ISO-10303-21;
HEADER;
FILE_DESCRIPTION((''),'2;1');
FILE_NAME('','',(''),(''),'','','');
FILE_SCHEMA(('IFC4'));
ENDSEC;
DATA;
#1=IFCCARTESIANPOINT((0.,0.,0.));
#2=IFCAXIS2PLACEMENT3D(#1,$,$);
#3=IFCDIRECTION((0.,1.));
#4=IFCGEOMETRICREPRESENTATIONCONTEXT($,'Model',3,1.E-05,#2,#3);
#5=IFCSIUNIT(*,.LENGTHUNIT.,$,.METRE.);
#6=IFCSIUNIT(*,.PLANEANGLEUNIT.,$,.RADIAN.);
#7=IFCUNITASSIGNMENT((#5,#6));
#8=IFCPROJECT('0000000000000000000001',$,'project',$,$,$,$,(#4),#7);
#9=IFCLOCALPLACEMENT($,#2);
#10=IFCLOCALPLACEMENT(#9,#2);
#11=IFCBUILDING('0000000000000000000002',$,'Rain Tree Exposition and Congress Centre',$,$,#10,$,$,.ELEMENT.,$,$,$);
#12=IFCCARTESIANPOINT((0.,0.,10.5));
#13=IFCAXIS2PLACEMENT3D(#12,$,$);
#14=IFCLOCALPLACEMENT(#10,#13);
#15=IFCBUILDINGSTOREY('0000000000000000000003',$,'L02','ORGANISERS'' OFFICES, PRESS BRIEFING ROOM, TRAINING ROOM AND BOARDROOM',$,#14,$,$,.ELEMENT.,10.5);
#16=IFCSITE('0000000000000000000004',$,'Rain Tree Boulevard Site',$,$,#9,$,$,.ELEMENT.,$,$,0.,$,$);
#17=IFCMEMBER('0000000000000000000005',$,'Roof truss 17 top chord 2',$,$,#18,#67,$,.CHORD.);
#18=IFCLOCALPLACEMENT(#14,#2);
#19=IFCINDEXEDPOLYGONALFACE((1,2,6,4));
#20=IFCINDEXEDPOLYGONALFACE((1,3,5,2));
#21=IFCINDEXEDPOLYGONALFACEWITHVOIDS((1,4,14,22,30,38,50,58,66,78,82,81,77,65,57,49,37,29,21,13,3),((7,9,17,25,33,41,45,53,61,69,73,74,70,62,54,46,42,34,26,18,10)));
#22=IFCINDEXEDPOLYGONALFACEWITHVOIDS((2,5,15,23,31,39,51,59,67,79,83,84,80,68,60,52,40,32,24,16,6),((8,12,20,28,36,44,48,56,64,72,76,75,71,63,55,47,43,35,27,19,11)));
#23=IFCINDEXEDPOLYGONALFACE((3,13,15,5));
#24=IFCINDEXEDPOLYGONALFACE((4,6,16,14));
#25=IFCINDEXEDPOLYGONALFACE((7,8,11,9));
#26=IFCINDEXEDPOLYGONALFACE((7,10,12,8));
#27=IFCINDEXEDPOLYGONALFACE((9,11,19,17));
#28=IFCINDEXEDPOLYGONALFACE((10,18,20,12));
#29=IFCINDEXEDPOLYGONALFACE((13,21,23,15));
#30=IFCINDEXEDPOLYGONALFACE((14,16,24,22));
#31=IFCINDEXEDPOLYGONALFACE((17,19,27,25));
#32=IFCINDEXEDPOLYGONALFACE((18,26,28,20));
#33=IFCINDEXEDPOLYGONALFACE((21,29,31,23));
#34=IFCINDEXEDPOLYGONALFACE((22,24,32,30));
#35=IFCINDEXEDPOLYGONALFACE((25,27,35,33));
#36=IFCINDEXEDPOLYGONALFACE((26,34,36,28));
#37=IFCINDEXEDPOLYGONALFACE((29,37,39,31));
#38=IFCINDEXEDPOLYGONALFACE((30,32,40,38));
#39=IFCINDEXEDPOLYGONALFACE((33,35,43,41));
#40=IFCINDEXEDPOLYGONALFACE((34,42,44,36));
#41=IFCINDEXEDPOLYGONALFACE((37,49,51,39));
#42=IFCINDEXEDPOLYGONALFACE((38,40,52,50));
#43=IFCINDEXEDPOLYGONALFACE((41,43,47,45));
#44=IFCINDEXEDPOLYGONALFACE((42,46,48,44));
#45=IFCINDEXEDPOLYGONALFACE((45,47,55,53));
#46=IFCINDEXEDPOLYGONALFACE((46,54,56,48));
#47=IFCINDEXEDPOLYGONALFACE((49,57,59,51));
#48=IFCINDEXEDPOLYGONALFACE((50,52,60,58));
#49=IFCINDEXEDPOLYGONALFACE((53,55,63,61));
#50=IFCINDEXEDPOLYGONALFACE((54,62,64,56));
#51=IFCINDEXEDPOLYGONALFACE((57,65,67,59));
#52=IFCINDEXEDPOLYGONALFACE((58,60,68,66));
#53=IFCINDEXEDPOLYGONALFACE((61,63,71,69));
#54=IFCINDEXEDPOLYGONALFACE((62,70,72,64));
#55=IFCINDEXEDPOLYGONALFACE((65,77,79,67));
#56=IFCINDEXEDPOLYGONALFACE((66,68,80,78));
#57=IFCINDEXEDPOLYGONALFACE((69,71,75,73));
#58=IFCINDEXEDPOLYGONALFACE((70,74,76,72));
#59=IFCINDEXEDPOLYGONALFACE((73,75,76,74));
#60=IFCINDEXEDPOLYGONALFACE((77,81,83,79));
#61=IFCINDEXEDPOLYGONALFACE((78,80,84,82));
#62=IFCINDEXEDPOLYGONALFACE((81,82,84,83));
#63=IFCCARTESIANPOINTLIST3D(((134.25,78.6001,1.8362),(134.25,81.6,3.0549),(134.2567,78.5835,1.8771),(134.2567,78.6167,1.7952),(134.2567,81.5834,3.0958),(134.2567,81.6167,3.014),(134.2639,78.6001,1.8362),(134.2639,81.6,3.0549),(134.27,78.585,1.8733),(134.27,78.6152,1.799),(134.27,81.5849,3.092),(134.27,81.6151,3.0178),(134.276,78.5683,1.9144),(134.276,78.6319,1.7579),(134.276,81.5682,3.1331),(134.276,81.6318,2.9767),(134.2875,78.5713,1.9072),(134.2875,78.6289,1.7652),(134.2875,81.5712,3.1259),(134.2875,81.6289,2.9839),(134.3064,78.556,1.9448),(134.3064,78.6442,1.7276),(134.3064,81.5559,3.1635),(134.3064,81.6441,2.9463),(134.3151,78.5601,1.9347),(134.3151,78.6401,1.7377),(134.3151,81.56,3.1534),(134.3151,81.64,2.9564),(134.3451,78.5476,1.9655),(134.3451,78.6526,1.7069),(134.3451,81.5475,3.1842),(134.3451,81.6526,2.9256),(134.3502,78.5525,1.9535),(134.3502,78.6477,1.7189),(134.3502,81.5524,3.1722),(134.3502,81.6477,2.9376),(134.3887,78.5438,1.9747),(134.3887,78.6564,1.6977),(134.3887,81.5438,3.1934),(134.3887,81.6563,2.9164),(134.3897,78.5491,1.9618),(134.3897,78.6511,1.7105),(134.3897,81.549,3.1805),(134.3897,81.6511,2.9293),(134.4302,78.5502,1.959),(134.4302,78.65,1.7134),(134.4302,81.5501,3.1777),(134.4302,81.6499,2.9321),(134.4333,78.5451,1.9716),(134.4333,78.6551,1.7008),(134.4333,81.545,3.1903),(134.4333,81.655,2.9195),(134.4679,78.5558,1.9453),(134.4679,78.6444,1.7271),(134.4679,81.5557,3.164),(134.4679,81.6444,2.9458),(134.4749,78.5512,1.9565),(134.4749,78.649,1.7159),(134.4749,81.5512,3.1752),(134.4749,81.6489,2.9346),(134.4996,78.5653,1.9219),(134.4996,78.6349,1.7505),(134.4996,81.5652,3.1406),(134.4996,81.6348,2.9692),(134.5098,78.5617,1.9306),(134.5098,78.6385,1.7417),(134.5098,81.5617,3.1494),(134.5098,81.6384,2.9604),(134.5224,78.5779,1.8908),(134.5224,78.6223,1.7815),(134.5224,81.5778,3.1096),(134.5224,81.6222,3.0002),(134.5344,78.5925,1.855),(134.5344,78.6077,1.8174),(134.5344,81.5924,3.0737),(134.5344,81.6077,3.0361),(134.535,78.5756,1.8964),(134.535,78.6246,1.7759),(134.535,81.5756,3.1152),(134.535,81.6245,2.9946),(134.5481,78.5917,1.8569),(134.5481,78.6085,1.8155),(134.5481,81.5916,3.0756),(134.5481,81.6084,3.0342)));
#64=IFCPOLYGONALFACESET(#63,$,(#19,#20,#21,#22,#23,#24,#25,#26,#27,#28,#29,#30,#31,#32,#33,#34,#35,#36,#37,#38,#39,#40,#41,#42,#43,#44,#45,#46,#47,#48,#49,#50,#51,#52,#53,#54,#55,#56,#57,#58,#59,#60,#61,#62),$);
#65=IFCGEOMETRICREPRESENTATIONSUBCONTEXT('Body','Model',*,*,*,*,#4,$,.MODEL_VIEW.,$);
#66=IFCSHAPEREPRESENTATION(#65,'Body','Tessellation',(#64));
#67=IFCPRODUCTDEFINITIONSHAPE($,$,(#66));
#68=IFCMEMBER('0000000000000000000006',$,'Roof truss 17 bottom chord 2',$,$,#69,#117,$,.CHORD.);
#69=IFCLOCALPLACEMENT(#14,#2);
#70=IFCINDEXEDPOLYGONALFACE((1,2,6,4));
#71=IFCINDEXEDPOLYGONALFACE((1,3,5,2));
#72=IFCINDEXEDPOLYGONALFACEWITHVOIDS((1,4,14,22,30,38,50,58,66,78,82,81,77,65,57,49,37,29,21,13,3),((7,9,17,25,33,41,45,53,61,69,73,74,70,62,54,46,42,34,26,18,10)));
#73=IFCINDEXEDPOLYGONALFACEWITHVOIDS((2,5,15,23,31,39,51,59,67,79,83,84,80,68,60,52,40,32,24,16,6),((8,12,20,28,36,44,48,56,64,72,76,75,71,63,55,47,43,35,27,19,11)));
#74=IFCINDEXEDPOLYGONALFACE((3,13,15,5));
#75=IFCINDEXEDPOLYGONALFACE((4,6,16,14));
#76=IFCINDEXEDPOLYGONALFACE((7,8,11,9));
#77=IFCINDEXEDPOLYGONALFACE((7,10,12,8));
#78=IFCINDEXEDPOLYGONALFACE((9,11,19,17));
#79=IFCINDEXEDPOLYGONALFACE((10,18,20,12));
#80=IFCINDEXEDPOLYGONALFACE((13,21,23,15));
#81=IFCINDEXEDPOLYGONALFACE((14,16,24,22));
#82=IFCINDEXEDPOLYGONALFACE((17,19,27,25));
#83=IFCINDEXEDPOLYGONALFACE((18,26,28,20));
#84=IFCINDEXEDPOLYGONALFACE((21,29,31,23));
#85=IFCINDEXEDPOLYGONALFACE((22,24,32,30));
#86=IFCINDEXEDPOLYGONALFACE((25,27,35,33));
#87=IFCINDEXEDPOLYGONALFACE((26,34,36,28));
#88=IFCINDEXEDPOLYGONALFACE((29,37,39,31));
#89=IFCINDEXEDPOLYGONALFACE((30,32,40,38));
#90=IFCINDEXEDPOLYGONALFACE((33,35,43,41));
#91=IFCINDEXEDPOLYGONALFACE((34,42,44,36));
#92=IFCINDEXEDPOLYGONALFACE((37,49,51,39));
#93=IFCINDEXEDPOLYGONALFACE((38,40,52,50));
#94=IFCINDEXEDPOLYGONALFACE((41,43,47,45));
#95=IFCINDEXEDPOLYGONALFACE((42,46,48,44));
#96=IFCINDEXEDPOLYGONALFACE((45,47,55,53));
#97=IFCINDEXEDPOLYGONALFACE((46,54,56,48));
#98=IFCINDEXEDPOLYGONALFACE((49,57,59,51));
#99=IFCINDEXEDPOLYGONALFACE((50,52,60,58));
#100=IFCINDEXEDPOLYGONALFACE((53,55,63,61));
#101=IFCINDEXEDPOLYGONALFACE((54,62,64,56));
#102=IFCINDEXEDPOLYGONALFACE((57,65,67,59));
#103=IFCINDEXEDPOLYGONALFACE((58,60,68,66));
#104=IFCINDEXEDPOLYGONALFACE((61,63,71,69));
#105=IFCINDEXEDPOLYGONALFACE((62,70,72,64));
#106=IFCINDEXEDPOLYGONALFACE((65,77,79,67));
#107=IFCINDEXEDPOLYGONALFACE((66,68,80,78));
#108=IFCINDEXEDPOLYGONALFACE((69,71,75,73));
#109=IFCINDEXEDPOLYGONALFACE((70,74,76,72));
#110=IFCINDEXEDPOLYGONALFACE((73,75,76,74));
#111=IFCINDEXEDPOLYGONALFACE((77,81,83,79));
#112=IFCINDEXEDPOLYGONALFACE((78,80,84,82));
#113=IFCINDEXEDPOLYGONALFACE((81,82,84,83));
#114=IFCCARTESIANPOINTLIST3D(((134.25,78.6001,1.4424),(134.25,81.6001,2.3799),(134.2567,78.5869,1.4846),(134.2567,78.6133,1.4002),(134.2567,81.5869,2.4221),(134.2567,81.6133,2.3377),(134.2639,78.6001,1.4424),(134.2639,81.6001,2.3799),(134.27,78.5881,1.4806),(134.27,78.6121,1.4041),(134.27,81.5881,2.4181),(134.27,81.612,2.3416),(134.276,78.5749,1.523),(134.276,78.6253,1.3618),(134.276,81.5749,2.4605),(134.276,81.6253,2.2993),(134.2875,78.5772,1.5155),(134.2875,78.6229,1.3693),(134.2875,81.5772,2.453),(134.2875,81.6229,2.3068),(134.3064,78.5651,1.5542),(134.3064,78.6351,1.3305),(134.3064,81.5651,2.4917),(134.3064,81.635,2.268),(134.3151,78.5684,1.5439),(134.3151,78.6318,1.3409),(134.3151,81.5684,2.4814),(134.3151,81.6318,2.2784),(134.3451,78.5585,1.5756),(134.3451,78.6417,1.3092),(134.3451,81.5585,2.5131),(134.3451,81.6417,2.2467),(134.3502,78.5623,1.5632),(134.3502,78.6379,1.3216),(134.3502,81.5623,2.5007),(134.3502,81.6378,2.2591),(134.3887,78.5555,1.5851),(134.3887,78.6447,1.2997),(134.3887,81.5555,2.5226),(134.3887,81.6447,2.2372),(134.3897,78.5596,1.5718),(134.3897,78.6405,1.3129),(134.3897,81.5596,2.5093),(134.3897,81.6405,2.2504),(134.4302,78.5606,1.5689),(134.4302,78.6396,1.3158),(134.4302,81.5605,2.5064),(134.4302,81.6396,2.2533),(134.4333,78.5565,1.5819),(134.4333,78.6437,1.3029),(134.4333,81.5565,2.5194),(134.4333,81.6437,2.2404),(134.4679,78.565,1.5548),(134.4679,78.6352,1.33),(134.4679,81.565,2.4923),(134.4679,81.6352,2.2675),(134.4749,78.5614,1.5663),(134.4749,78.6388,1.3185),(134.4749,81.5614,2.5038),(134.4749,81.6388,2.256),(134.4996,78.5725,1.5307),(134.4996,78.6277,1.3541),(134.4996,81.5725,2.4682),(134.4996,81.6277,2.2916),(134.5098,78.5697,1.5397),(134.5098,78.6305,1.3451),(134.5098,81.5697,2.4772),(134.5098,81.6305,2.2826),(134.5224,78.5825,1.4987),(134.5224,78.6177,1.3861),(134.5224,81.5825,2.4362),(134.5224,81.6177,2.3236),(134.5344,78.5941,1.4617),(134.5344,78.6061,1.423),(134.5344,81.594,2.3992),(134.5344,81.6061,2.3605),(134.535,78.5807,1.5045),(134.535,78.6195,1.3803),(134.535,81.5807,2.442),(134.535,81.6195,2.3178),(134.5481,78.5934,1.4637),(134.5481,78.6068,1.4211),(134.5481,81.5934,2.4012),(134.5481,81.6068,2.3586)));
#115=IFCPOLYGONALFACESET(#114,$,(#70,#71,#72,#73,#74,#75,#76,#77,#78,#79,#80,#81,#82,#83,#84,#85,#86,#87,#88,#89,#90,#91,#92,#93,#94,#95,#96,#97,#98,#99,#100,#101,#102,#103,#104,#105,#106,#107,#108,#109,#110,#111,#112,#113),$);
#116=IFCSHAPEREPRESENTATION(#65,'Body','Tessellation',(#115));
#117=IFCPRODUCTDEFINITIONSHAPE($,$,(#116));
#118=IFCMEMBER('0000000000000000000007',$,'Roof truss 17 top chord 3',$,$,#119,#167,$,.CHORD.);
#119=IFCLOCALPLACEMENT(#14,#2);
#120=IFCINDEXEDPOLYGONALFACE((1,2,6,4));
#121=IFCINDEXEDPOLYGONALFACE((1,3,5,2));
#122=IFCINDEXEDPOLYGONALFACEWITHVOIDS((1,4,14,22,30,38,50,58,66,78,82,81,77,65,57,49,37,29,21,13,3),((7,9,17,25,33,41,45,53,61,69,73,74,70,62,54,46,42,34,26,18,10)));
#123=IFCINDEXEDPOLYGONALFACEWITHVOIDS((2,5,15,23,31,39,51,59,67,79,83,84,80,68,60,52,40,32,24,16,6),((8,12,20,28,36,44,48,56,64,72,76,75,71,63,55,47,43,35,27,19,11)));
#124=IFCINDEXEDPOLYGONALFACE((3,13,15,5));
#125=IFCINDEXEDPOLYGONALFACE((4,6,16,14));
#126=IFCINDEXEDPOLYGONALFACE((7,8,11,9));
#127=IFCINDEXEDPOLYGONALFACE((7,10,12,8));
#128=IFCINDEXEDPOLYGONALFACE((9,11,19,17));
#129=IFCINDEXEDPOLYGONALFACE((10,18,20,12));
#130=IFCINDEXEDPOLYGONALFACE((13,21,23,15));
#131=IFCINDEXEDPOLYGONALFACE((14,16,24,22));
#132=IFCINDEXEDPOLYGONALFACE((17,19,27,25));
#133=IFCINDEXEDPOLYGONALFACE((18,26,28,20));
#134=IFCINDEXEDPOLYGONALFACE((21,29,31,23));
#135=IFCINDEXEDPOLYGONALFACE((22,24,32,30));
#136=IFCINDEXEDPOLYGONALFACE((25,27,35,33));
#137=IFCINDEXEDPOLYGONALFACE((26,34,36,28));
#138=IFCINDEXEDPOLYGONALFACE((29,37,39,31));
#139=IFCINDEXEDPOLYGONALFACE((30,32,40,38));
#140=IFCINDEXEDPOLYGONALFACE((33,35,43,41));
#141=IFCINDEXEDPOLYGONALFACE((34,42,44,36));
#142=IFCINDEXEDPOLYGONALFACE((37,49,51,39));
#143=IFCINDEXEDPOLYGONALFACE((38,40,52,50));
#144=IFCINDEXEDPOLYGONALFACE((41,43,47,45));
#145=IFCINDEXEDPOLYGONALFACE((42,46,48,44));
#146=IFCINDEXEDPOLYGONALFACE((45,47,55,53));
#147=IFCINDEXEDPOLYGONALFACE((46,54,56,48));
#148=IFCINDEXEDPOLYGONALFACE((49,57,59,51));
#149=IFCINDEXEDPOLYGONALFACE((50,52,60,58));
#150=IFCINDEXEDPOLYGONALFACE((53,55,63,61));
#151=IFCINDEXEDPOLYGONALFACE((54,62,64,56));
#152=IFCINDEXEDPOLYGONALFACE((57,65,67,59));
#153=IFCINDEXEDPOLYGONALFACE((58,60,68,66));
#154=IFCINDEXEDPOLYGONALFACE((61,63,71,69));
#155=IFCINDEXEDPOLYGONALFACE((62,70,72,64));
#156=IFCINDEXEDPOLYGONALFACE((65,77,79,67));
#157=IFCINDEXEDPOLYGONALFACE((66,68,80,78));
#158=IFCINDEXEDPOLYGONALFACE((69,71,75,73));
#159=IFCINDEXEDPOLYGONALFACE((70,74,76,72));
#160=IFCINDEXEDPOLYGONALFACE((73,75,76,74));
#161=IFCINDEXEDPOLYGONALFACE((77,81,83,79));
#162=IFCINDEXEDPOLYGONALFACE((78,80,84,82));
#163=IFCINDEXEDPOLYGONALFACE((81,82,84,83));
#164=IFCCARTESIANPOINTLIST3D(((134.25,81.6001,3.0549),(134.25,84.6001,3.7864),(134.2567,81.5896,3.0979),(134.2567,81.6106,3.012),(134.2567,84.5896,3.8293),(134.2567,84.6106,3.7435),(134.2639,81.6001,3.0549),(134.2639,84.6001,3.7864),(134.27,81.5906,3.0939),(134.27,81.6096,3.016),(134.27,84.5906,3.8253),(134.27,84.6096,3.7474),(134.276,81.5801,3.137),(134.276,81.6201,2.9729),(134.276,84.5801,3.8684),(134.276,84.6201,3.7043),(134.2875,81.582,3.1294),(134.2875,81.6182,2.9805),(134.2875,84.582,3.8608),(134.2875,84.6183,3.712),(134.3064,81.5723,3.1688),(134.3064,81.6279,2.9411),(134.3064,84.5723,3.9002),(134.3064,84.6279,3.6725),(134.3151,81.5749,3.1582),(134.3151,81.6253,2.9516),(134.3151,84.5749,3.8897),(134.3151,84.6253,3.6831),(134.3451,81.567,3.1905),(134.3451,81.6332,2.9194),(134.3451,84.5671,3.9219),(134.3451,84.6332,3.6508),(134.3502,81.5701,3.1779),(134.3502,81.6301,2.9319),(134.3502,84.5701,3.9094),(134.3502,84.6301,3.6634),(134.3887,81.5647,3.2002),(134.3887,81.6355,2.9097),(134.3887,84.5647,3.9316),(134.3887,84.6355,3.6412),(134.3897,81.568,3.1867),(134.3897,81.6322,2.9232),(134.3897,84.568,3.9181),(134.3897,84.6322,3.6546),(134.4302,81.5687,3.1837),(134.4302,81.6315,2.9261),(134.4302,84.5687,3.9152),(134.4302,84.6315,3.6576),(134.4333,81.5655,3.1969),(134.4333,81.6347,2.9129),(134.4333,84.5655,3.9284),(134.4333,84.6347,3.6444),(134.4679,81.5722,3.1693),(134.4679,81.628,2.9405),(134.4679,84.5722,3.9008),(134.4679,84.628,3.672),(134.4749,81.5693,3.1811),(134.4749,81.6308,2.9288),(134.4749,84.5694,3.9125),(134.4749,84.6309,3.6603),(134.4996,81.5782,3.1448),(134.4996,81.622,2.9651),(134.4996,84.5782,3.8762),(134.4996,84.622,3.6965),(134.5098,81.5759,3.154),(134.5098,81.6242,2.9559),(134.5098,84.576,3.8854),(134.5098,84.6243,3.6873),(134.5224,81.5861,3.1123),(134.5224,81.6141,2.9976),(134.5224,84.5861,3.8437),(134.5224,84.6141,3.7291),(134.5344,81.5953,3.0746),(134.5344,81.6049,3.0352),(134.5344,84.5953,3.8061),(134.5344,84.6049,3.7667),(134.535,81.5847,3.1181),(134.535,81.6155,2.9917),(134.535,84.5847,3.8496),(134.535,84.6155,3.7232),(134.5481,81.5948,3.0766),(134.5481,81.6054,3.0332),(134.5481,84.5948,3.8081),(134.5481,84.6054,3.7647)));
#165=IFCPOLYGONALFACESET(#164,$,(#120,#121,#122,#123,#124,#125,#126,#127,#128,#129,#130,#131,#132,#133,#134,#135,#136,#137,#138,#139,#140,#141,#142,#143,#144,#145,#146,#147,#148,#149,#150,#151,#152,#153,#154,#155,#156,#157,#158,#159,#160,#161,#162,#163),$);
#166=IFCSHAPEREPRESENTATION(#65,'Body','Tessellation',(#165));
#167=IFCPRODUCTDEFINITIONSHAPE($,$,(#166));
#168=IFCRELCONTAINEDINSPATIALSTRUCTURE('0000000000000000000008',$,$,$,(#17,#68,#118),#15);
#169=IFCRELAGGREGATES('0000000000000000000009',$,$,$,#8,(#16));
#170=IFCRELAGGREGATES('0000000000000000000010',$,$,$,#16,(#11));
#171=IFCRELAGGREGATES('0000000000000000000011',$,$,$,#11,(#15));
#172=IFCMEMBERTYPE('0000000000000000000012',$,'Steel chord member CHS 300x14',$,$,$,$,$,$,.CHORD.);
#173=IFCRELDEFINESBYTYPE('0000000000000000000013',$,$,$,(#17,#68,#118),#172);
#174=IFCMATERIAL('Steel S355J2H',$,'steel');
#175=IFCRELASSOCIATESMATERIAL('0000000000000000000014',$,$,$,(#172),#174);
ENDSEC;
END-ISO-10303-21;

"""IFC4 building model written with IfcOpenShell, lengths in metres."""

from ifc_helpers import new_model, si_unit, direction, frame, origin, origin_2d, place, context, subcontext, project, spatial, hollow_circle, extrude, material, material_profile, profile_set, type_object, element, save


model = new_model("IFC4")

# Units and contexts
model_context = context("Model", 3, precision=1e-05, world=origin(), true_north=direction((0.0, 1.0)))
body_context = subcontext(model_context, "Body", "Model", "MODEL_VIEW")
ifc_project = project(units=[si_unit("LENGTHUNIT", "METRE"), si_unit("PLANEANGLEUNIT", "RADIAN")], contexts=[model_context])

# Site, building, storey
site_placement = place(None, origin())
site = spatial("IfcSite", under=ifc_project, at=site_placement, Name="Rain Tree Boulevard Site", CompositionType="ELEMENT", RefElevation=0.0)
building_placement = place(site_placement, origin())
building = spatial("IfcBuilding", under=site, at=building_placement, Name="Rain Tree Exposition and Congress Centre", CompositionType="ELEMENT")
storey_placement = place(building_placement, frame((0.0, 0.0, 10.5)))
storey = spatial("IfcBuildingStorey", under=building, at=storey_placement, Name="L02", Description="ORGANISERS' OFFICES, PRESS BRIEFING ROOM, TRAINING ROOM AND BOARDROOM", CompositionType="ELEMENT", Elevation=10.5)

# Members
ifc_material_1 = material(Name="Steel S355J2H", Category="steel")
ifc_material_profile_1 = material_profile(ifc_material_1, hollow_circle(Radius=0.1499, WallThickness=0.0139, at=origin_2d()), Name="CHS 300x14")
ifc_profile_set_1 = profile_set([ifc_material_profile_1], Name="Steel S355J2H")
member_type_1 = type_object("IfcMemberType", Name="Steel chord member CHS 300x14", PredefinedType="CHORD", material=ifc_profile_set_1)
member_1_placement = place(storey_placement, frame((134.3999, 78.6001, 1.8362), z_axis=(0.0, 0.926467, 0.376377), x_axis=(-1.0, 0.0, 0.0)))
element("IfcMember", 1, at=member_1_placement, inside=storey, type_object=member_type_1, Name="Roof truss 17 top chord 2", PredefinedType="CHORD", context=body_context, shape_type="SweptSolid", body=[
    extrude(hollow_circle(Radius=0.1499, WallThickness=0.0139, at=origin_2d()), origin(), (0.0, 0.0, 1.0), 3.238),
])
member_2_placement = place(storey_placement, frame((134.3999, 78.6001, 1.4424), z_axis=(0.0, 0.95448, 0.298275), x_axis=(-1.0, 0.0, 0.0)))
element("IfcMember", 2, at=member_2_placement, inside=storey, type_object=member_type_1, Name="Roof truss 17 bottom chord 2", PredefinedType="CHORD", context=body_context, shape_type="SweptSolid", body=[
    extrude(hollow_circle(Radius=0.1499, WallThickness=0.0139, at=origin_2d()), origin(), (0.0, 0.0, 1.0), 3.1431),
])
member_3_placement = place(storey_placement, frame((134.3999, 81.6001, 3.0549), z_axis=(0.0, 0.97154, 0.236876), x_axis=(-1.0, 0.0, 0.0)))
element("IfcMember", 3, at=member_3_placement, inside=storey, type_object=member_type_1, Name="Roof truss 17 top chord 3", PredefinedType="CHORD", context=body_context, shape_type="SweptSolid", body=[
    extrude(hollow_circle(Radius=0.1499, WallThickness=0.0139, at=origin_2d()), origin(), (0.0, 0.0, 1.0), 3.0879),
])

save(model, "model.ifc")
